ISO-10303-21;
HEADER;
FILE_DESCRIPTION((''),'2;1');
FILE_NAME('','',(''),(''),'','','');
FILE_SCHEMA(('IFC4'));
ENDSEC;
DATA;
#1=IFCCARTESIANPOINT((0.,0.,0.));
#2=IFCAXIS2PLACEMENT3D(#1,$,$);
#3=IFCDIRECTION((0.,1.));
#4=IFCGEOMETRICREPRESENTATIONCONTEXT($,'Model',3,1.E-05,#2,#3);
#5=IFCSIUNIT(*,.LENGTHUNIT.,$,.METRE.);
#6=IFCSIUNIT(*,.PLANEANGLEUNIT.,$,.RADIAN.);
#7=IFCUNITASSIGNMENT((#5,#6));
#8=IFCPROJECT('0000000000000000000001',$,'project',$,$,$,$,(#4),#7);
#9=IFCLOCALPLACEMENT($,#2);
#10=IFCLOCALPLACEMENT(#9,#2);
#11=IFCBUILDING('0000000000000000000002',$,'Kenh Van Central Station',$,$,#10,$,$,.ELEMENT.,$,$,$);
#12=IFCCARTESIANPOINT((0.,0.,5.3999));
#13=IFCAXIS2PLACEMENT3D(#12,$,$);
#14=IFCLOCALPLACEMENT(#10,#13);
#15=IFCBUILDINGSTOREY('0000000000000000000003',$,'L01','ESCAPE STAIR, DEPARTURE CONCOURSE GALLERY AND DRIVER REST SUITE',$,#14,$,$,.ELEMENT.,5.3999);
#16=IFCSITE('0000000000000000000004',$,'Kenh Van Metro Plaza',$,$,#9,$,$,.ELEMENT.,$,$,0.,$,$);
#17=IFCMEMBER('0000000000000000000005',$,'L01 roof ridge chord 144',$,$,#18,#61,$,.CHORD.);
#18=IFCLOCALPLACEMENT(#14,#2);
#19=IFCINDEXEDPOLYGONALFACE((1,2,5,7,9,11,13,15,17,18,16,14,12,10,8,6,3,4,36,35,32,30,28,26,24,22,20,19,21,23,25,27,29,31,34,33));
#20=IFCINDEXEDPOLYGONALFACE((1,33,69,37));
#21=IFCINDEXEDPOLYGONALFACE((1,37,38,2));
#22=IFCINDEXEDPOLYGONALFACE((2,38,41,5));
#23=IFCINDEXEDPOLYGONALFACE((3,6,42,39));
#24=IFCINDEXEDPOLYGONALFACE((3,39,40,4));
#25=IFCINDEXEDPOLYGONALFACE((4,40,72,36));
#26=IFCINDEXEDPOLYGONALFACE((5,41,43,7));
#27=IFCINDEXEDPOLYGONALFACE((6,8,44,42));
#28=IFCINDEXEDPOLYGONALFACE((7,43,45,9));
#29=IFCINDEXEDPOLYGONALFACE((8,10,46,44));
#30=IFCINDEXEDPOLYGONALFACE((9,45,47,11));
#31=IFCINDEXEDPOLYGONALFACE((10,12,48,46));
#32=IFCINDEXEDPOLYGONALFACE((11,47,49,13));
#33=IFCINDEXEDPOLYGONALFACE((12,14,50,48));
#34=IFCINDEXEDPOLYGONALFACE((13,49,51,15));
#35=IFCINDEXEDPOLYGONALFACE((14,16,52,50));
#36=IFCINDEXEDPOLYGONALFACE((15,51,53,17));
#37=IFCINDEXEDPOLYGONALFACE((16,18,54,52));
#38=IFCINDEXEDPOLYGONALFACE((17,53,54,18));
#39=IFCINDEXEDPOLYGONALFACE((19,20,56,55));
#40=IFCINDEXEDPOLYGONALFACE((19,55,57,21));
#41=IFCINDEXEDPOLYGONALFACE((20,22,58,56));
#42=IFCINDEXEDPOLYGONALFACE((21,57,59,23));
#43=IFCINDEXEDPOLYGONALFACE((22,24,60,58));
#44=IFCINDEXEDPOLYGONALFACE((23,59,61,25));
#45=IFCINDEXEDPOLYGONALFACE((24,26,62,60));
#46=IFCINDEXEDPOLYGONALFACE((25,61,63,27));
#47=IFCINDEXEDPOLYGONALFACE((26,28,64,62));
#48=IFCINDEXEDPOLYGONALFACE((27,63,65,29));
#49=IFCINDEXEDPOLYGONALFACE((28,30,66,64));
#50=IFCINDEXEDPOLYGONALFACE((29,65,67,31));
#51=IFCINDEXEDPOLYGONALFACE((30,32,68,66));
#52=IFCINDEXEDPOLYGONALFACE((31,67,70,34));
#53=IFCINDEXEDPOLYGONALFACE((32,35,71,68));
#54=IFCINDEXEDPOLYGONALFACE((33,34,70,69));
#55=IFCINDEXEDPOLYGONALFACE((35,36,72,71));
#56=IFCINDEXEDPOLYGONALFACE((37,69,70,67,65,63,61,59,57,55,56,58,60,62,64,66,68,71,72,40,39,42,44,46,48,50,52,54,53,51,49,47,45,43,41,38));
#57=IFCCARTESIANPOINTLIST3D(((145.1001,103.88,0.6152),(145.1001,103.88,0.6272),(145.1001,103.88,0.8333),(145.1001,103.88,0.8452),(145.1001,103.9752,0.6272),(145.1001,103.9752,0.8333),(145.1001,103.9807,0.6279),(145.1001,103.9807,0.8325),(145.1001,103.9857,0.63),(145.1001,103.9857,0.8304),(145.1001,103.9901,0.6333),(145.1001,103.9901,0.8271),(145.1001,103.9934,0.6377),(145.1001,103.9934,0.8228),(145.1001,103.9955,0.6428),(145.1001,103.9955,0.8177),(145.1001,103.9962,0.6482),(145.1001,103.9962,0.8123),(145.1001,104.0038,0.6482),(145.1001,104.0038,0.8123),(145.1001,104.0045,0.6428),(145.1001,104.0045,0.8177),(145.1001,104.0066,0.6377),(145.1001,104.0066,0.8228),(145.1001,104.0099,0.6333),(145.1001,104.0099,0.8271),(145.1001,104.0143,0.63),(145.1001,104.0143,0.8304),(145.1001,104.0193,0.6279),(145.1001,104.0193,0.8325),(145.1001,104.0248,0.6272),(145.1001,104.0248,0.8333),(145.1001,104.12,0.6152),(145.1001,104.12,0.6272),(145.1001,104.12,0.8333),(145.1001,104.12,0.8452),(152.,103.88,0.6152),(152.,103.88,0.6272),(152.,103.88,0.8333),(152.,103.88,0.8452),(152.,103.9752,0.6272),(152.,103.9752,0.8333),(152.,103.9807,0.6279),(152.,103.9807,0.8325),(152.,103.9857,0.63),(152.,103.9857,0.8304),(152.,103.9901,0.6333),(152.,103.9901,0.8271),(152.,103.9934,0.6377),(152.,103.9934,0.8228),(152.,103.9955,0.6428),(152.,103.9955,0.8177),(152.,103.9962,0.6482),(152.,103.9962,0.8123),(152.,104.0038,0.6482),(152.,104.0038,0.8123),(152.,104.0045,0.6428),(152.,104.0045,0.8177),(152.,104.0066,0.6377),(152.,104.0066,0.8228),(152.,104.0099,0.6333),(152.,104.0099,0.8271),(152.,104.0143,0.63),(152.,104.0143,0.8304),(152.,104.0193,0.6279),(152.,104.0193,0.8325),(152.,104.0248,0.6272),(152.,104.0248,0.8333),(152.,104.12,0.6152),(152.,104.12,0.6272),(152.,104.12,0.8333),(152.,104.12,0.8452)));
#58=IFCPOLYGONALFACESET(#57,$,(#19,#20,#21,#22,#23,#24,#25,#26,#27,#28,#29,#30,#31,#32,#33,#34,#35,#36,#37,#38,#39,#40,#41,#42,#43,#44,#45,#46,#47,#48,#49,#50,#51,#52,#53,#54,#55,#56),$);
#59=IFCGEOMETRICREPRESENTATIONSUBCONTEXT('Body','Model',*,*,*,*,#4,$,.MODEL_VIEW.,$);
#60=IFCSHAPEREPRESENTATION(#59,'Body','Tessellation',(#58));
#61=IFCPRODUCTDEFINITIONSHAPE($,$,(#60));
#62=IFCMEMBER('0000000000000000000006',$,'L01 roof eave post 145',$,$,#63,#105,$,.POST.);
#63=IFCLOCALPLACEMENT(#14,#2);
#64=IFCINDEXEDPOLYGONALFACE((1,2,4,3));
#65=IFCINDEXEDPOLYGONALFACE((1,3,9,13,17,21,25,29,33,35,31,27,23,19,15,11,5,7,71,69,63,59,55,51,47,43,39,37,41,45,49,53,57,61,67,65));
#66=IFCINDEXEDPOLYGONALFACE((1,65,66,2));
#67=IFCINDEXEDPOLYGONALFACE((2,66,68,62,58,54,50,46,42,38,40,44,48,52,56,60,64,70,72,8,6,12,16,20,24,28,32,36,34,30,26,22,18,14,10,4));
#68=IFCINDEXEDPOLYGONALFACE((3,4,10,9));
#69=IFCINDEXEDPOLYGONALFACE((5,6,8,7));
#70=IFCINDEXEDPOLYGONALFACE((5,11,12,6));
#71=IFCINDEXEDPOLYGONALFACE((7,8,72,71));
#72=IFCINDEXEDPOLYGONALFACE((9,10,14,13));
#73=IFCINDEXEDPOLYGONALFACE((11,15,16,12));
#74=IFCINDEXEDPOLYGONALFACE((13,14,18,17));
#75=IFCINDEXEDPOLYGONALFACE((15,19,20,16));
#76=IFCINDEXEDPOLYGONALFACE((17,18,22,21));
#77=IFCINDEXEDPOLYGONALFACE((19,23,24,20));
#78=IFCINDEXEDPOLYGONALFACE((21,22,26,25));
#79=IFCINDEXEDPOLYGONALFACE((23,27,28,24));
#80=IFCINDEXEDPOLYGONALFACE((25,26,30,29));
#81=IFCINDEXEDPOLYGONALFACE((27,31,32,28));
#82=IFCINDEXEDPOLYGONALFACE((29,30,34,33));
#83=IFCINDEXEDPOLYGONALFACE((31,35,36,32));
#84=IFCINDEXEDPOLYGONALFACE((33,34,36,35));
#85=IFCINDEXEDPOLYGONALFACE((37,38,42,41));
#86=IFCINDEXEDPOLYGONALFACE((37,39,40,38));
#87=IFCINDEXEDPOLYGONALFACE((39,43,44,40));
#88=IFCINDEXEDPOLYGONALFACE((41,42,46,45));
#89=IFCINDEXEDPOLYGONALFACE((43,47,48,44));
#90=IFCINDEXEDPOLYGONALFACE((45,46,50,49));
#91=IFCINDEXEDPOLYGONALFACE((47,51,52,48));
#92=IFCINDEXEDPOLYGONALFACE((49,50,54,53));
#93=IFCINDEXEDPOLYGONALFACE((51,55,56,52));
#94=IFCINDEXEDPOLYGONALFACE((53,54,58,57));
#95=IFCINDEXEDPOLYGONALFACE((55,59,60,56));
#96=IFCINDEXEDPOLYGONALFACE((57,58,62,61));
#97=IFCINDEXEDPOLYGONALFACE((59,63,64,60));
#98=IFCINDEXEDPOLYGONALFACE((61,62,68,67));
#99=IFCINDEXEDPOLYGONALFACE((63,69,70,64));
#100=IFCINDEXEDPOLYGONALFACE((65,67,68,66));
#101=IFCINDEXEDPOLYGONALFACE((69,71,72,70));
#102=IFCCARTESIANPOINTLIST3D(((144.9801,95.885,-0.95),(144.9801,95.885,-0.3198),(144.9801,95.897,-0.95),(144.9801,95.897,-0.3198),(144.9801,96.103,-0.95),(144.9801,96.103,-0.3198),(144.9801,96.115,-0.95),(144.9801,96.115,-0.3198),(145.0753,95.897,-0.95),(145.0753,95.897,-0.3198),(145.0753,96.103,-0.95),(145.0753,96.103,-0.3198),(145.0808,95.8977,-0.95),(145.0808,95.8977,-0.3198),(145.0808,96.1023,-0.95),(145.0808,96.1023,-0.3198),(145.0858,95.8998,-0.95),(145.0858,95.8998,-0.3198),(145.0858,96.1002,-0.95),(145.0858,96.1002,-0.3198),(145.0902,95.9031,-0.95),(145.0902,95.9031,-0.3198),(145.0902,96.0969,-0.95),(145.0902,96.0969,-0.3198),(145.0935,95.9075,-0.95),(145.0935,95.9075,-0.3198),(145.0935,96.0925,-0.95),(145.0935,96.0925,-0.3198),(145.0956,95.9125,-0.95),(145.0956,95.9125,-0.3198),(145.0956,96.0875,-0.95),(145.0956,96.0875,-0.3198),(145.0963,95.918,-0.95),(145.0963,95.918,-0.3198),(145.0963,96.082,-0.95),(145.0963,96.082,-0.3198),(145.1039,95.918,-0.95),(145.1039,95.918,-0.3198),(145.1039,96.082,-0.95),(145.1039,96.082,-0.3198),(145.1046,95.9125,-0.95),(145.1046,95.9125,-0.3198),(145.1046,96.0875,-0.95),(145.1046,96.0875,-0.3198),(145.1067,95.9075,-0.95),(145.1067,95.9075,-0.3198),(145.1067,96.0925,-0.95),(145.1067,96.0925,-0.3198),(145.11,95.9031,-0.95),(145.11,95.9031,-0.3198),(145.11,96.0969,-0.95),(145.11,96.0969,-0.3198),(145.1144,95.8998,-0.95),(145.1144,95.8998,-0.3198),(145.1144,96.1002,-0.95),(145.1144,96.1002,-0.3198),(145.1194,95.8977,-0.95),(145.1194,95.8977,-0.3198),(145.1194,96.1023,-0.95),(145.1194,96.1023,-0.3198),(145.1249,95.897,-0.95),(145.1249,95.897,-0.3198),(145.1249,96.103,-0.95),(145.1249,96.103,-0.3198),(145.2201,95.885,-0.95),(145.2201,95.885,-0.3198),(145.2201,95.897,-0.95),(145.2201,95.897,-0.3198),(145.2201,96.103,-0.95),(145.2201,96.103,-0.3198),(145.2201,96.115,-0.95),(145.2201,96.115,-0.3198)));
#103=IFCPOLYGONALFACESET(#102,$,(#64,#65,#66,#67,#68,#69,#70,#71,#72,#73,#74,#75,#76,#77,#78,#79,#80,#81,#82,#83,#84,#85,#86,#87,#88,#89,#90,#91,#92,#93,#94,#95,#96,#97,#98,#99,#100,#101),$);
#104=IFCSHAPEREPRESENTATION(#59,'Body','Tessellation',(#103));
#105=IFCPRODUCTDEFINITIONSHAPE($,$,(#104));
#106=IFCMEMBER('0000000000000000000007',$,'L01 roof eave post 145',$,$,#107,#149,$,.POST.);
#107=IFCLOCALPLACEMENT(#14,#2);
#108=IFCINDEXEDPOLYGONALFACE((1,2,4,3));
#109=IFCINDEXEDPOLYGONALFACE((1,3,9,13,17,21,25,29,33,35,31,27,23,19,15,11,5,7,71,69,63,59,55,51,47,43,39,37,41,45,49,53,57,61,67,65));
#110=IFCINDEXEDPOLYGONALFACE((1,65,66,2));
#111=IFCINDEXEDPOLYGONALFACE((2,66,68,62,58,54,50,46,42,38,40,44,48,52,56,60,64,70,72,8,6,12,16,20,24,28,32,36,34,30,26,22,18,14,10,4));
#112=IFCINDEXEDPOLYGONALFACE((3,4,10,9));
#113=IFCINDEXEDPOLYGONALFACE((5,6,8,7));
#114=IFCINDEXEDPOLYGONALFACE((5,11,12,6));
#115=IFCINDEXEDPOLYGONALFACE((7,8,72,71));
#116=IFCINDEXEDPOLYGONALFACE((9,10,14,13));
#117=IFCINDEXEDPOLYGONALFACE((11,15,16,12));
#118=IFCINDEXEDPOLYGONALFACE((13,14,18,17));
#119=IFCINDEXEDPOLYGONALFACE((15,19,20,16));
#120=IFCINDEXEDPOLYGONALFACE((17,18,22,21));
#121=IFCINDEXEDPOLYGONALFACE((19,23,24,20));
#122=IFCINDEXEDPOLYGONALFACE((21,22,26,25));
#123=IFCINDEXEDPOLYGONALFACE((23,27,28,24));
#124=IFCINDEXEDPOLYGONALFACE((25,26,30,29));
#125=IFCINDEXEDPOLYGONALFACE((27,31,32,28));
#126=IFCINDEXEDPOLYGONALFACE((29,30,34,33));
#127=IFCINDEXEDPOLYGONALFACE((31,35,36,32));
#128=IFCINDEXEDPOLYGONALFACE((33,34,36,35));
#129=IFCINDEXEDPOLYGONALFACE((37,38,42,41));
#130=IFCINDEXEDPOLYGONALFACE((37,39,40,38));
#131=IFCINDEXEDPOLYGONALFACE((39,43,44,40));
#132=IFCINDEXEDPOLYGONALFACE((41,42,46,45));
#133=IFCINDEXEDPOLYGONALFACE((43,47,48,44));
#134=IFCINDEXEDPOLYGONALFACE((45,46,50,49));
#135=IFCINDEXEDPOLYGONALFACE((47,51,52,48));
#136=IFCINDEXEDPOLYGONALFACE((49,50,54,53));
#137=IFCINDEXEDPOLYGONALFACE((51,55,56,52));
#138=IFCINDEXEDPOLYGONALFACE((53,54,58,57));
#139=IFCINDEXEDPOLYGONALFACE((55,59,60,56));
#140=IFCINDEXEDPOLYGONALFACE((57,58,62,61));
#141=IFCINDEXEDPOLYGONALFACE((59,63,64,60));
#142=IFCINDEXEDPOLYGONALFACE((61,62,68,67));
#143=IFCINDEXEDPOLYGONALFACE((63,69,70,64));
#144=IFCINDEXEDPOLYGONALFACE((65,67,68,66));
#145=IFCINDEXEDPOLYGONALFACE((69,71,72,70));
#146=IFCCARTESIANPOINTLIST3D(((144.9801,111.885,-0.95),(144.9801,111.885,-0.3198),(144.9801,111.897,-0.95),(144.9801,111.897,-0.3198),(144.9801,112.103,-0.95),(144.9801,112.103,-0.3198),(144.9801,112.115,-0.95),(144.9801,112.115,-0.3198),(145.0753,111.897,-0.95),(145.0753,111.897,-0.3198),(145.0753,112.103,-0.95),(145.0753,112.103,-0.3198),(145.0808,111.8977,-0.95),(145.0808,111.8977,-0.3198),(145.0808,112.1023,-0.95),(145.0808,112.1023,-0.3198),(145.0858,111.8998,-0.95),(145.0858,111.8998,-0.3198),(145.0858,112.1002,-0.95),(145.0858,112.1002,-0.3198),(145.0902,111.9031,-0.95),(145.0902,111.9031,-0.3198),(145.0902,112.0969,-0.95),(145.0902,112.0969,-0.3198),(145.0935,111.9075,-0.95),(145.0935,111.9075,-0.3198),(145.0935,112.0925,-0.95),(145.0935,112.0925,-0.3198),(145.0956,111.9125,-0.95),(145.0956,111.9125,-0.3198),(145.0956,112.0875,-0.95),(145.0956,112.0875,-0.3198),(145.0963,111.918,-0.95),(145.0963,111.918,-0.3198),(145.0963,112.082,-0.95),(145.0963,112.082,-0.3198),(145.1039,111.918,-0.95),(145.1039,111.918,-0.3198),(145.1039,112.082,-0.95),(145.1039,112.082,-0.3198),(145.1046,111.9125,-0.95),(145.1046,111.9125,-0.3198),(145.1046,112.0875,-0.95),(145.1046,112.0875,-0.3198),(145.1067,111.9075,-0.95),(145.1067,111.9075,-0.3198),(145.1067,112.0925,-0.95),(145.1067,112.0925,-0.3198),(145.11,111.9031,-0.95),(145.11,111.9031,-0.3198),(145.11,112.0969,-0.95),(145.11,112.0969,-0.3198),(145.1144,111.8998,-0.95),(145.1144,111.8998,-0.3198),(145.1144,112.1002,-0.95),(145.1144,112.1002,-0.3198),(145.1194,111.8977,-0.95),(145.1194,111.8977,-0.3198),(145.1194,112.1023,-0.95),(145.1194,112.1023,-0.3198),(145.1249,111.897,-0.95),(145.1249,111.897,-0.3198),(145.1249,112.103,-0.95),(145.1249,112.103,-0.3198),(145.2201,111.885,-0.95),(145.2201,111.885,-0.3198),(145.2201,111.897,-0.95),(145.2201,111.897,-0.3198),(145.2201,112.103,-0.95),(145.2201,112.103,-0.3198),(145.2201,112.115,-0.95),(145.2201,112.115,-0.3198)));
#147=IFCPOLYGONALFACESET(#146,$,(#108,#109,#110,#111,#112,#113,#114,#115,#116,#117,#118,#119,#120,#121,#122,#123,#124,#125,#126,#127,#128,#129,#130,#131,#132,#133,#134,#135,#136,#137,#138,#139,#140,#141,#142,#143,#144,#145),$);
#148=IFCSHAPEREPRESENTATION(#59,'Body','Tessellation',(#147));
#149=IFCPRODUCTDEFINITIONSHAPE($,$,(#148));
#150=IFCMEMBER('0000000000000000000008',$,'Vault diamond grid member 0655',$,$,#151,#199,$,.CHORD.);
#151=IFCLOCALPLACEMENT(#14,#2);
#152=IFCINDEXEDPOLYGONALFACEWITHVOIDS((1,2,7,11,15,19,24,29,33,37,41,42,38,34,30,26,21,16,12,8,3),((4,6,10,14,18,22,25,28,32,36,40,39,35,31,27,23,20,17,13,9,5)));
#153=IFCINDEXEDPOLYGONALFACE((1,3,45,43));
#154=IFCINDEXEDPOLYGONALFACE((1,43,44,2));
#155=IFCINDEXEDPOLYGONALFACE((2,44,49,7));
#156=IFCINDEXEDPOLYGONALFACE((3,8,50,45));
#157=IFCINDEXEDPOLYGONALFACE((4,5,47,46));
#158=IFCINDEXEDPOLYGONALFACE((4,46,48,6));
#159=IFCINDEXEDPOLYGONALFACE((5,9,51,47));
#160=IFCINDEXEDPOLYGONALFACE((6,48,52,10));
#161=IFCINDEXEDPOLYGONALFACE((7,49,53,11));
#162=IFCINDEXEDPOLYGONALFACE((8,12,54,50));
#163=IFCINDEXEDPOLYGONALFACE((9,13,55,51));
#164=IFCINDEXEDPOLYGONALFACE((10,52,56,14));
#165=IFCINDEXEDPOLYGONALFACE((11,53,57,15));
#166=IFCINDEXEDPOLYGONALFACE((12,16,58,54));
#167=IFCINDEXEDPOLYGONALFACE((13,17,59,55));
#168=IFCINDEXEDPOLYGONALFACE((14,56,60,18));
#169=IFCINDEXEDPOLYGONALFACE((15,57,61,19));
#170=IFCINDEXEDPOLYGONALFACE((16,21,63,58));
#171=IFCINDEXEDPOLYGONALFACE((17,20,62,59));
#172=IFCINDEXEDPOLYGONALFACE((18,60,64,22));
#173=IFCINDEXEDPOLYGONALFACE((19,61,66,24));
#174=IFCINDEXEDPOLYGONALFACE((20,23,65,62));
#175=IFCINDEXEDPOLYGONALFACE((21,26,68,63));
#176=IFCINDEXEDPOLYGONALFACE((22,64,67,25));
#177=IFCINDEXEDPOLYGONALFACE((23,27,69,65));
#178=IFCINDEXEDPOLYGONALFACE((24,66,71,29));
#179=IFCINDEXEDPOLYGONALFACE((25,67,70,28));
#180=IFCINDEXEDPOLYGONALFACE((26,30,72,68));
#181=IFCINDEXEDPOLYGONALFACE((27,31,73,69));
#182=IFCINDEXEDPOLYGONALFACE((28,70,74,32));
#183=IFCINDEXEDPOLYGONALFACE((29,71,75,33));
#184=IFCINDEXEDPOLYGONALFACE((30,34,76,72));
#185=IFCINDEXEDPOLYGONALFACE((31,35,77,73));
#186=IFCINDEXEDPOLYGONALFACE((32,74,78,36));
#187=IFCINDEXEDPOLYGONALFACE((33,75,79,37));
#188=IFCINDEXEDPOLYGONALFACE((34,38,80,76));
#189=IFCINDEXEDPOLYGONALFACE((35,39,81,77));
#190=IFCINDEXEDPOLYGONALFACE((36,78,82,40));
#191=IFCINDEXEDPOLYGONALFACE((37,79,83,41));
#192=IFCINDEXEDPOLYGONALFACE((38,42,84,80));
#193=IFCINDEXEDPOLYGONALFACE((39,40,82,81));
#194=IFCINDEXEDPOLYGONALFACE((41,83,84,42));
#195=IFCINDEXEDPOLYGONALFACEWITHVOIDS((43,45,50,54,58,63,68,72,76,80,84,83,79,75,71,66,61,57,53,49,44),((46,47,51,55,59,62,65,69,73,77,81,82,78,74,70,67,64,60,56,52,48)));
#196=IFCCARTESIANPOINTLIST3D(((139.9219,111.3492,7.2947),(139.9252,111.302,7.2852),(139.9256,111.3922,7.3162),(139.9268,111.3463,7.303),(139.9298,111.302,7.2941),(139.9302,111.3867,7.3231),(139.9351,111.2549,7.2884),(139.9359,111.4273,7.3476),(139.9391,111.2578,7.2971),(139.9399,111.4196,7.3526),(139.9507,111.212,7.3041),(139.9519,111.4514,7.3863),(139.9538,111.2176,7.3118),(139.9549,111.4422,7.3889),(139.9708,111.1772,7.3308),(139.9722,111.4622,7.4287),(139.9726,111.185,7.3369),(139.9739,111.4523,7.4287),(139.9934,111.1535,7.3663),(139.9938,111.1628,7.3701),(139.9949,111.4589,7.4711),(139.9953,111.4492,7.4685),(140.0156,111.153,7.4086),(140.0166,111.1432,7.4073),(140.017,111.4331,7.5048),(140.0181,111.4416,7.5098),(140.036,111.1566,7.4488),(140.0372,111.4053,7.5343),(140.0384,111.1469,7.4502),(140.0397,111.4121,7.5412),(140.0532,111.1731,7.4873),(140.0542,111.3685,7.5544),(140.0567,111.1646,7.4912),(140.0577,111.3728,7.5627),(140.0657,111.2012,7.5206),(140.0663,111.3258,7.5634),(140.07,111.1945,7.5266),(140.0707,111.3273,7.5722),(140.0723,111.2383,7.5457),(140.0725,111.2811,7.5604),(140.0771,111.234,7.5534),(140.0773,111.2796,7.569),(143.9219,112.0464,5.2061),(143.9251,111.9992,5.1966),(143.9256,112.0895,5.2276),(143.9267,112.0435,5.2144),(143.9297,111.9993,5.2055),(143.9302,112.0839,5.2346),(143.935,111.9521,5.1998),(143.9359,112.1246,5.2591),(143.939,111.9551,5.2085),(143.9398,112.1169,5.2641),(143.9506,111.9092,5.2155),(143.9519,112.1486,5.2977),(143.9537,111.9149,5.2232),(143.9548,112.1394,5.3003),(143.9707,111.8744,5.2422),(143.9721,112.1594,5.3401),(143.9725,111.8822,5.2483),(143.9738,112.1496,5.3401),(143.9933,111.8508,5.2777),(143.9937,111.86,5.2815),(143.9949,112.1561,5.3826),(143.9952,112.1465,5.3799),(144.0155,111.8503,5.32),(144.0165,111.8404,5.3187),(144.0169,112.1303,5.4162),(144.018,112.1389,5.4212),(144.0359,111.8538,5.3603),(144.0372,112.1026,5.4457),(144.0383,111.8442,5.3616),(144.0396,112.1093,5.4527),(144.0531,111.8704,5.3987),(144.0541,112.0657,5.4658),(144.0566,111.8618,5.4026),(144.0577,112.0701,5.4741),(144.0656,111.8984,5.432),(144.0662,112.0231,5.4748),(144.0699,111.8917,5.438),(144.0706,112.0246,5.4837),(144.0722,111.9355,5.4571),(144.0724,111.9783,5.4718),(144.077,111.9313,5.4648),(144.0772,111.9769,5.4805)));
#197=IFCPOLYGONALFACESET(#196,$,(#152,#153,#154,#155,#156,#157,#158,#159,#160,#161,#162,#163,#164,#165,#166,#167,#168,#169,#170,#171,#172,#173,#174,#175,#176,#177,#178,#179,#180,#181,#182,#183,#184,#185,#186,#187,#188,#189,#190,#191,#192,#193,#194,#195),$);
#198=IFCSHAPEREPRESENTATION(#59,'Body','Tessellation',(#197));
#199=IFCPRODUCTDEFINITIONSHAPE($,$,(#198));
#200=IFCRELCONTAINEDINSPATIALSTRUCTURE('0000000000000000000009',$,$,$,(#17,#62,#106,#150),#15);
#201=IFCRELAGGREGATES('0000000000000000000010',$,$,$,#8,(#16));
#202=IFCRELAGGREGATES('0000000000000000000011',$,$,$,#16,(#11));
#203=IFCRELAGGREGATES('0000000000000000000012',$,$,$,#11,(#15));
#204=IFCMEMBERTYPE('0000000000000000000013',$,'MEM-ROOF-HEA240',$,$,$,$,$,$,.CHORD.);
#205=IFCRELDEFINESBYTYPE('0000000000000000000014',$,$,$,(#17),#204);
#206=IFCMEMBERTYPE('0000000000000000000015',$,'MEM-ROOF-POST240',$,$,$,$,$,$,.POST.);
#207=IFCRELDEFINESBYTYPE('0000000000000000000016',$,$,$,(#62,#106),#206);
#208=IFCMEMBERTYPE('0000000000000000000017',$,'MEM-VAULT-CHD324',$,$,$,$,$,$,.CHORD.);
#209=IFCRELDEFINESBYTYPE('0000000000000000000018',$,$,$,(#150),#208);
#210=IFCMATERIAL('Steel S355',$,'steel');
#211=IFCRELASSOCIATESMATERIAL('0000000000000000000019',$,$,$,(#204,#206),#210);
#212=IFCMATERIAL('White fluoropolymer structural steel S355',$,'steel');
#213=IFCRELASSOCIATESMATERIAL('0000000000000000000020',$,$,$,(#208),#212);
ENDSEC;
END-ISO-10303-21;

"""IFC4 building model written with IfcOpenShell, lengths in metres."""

from ifc_helpers import new_model, si_unit, direction, frame, origin, origin_2d, place, context, subcontext, project, spatial, hollow_circle, i_section, extrude, material, material_profile, profile_set, type_object, element, save


model = new_model("IFC4")

# Units and contexts
model_context = context("Model", 3, precision=1e-05, world=origin(), true_north=direction((0.0, 1.0)))
body_context = subcontext(model_context, "Body", "Model", "MODEL_VIEW")
ifc_project = project(units=[si_unit("LENGTHUNIT", "METRE"), si_unit("PLANEANGLEUNIT", "RADIAN")], contexts=[model_context])

# Site, building, storey
site_placement = place(None, origin())
site = spatial("IfcSite", under=ifc_project, at=site_placement, Name="Kenh Van Metro Plaza", CompositionType="ELEMENT", RefElevation=0.0)
building_placement = place(site_placement, origin())
building = spatial("IfcBuilding", under=site, at=building_placement, Name="Kenh Van Central Station", CompositionType="ELEMENT")
storey_placement = place(building_placement, frame((0.0, 0.0, 5.3999)))
storey = spatial("IfcBuildingStorey", under=building, at=storey_placement, Name="L01", Description="ESCAPE STAIR, DEPARTURE CONCOURSE GALLERY AND DRIVER REST SUITE", CompositionType="ELEMENT", Elevation=5.3999)

# Shared definitions
ifc_material_1 = material(Name="Steel S355", Category="steel")
ifc_material_2 = material(Name="White fluoropolymer structural steel S355", Category="steel")

# Members
ifc_material_profile_1 = material_profile(ifc_material_1, i_section(OverallWidth=0.24, OverallDepth=0.23, WebThickness=0.0076, FlangeThickness=0.012, FilletRadius=0.021, at=origin_2d()), Name="HEA 240")
ifc_profile_set_1 = profile_set([ifc_material_profile_1], Name="Steel S355")
member_type_1 = type_object("IfcMemberType", Name="MEM-ROOF-HEA240", PredefinedType="CHORD", material=ifc_profile_set_1)
member_1_placement = place(storey_placement, frame((145.1001, 104.0, 0.7302), z_axis=(1.0, 0.0, 0.0), x_axis=(0.0, 1.0, 0.0)))
element("IfcMember", 1, at=member_1_placement, inside=storey, type_object=member_type_1, Name="L01 roof ridge chord 144", PredefinedType="CHORD", context=body_context, shape_type="SweptSolid", body=[
    extrude(i_section(OverallWidth=0.24, OverallDepth=0.23, WebThickness=0.0076, FlangeThickness=0.012, FilletRadius=0.021, at=origin_2d()), origin(), (0.0, 0.0, 1.0), 6.8999),
])
ifc_material_profile_2 = material_profile(ifc_material_1, i_section(OverallWidth=0.24, OverallDepth=0.23, WebThickness=0.0076, FlangeThickness=0.012, FilletRadius=0.021, at=origin_2d()), Name="HEA 240")
ifc_profile_set_2 = profile_set([ifc_material_profile_2], Name="Steel S355")
member_type_2 = type_object("IfcMemberType", Name="MEM-ROOF-POST240", PredefinedType="POST", material=ifc_profile_set_2)
for number, where, z_axis, x_axis, name in (
    (2, (145.1001, 96.0, -0.95), (0.0, 0.0, 1.0), (1.0, 0.0, 0.0), "L01 roof eave post 145"),
    (3, (145.1001, 112.0, -0.95), (0.0, 0.0, 1.0), (1.0, 0.0, 0.0), "L01 roof eave post 145"),
):
    element("IfcMember", number, at=place(storey_placement, frame(where, z_axis=z_axis, x_axis=x_axis)), inside=storey, type_object=member_type_2, Name=name, PredefinedType="POST", context=body_context, shape_type="SweptSolid", body=[
        extrude(i_section(OverallWidth=0.24, OverallDepth=0.23, WebThickness=0.0076, FlangeThickness=0.012, FilletRadius=0.021, at=origin_2d()), origin(), (0.0, 0.0, 1.0), 0.6301),
    ])
ifc_material_profile_3 = material_profile(ifc_material_2, hollow_circle(Radius=0.1619, WallThickness=0.01, at=origin_2d()), Name="CHS 323.9x10")
ifc_profile_set_3 = profile_set([ifc_material_profile_3], Name="White fluoropolymer structural steel S355")
member_type_3 = type_object("IfcMemberType", Name="MEM-VAULT-CHD324", PredefinedType="CHORD", material=ifc_profile_set_3)
member_2_placement = place(storey_placement, frame((140.0, 111.3027, 7.4287), z_axis=(0.876037, 0.152708, -0.457428), x_axis=(-0.171727, 0.985145, 0.0)))
element("IfcMember", 4, at=member_2_placement, inside=storey, type_object=member_type_3, Name="Vault diamond grid member 0655", PredefinedType="CHORD", context=body_context, shape_type="SweptSolid", body=[
    extrude(hollow_circle(Radius=0.1619, WallThickness=0.01, at=origin_2d()), origin(), (0.0, 0.0, 1.0), 4.5659),
])

save(model, "model.ifc")
